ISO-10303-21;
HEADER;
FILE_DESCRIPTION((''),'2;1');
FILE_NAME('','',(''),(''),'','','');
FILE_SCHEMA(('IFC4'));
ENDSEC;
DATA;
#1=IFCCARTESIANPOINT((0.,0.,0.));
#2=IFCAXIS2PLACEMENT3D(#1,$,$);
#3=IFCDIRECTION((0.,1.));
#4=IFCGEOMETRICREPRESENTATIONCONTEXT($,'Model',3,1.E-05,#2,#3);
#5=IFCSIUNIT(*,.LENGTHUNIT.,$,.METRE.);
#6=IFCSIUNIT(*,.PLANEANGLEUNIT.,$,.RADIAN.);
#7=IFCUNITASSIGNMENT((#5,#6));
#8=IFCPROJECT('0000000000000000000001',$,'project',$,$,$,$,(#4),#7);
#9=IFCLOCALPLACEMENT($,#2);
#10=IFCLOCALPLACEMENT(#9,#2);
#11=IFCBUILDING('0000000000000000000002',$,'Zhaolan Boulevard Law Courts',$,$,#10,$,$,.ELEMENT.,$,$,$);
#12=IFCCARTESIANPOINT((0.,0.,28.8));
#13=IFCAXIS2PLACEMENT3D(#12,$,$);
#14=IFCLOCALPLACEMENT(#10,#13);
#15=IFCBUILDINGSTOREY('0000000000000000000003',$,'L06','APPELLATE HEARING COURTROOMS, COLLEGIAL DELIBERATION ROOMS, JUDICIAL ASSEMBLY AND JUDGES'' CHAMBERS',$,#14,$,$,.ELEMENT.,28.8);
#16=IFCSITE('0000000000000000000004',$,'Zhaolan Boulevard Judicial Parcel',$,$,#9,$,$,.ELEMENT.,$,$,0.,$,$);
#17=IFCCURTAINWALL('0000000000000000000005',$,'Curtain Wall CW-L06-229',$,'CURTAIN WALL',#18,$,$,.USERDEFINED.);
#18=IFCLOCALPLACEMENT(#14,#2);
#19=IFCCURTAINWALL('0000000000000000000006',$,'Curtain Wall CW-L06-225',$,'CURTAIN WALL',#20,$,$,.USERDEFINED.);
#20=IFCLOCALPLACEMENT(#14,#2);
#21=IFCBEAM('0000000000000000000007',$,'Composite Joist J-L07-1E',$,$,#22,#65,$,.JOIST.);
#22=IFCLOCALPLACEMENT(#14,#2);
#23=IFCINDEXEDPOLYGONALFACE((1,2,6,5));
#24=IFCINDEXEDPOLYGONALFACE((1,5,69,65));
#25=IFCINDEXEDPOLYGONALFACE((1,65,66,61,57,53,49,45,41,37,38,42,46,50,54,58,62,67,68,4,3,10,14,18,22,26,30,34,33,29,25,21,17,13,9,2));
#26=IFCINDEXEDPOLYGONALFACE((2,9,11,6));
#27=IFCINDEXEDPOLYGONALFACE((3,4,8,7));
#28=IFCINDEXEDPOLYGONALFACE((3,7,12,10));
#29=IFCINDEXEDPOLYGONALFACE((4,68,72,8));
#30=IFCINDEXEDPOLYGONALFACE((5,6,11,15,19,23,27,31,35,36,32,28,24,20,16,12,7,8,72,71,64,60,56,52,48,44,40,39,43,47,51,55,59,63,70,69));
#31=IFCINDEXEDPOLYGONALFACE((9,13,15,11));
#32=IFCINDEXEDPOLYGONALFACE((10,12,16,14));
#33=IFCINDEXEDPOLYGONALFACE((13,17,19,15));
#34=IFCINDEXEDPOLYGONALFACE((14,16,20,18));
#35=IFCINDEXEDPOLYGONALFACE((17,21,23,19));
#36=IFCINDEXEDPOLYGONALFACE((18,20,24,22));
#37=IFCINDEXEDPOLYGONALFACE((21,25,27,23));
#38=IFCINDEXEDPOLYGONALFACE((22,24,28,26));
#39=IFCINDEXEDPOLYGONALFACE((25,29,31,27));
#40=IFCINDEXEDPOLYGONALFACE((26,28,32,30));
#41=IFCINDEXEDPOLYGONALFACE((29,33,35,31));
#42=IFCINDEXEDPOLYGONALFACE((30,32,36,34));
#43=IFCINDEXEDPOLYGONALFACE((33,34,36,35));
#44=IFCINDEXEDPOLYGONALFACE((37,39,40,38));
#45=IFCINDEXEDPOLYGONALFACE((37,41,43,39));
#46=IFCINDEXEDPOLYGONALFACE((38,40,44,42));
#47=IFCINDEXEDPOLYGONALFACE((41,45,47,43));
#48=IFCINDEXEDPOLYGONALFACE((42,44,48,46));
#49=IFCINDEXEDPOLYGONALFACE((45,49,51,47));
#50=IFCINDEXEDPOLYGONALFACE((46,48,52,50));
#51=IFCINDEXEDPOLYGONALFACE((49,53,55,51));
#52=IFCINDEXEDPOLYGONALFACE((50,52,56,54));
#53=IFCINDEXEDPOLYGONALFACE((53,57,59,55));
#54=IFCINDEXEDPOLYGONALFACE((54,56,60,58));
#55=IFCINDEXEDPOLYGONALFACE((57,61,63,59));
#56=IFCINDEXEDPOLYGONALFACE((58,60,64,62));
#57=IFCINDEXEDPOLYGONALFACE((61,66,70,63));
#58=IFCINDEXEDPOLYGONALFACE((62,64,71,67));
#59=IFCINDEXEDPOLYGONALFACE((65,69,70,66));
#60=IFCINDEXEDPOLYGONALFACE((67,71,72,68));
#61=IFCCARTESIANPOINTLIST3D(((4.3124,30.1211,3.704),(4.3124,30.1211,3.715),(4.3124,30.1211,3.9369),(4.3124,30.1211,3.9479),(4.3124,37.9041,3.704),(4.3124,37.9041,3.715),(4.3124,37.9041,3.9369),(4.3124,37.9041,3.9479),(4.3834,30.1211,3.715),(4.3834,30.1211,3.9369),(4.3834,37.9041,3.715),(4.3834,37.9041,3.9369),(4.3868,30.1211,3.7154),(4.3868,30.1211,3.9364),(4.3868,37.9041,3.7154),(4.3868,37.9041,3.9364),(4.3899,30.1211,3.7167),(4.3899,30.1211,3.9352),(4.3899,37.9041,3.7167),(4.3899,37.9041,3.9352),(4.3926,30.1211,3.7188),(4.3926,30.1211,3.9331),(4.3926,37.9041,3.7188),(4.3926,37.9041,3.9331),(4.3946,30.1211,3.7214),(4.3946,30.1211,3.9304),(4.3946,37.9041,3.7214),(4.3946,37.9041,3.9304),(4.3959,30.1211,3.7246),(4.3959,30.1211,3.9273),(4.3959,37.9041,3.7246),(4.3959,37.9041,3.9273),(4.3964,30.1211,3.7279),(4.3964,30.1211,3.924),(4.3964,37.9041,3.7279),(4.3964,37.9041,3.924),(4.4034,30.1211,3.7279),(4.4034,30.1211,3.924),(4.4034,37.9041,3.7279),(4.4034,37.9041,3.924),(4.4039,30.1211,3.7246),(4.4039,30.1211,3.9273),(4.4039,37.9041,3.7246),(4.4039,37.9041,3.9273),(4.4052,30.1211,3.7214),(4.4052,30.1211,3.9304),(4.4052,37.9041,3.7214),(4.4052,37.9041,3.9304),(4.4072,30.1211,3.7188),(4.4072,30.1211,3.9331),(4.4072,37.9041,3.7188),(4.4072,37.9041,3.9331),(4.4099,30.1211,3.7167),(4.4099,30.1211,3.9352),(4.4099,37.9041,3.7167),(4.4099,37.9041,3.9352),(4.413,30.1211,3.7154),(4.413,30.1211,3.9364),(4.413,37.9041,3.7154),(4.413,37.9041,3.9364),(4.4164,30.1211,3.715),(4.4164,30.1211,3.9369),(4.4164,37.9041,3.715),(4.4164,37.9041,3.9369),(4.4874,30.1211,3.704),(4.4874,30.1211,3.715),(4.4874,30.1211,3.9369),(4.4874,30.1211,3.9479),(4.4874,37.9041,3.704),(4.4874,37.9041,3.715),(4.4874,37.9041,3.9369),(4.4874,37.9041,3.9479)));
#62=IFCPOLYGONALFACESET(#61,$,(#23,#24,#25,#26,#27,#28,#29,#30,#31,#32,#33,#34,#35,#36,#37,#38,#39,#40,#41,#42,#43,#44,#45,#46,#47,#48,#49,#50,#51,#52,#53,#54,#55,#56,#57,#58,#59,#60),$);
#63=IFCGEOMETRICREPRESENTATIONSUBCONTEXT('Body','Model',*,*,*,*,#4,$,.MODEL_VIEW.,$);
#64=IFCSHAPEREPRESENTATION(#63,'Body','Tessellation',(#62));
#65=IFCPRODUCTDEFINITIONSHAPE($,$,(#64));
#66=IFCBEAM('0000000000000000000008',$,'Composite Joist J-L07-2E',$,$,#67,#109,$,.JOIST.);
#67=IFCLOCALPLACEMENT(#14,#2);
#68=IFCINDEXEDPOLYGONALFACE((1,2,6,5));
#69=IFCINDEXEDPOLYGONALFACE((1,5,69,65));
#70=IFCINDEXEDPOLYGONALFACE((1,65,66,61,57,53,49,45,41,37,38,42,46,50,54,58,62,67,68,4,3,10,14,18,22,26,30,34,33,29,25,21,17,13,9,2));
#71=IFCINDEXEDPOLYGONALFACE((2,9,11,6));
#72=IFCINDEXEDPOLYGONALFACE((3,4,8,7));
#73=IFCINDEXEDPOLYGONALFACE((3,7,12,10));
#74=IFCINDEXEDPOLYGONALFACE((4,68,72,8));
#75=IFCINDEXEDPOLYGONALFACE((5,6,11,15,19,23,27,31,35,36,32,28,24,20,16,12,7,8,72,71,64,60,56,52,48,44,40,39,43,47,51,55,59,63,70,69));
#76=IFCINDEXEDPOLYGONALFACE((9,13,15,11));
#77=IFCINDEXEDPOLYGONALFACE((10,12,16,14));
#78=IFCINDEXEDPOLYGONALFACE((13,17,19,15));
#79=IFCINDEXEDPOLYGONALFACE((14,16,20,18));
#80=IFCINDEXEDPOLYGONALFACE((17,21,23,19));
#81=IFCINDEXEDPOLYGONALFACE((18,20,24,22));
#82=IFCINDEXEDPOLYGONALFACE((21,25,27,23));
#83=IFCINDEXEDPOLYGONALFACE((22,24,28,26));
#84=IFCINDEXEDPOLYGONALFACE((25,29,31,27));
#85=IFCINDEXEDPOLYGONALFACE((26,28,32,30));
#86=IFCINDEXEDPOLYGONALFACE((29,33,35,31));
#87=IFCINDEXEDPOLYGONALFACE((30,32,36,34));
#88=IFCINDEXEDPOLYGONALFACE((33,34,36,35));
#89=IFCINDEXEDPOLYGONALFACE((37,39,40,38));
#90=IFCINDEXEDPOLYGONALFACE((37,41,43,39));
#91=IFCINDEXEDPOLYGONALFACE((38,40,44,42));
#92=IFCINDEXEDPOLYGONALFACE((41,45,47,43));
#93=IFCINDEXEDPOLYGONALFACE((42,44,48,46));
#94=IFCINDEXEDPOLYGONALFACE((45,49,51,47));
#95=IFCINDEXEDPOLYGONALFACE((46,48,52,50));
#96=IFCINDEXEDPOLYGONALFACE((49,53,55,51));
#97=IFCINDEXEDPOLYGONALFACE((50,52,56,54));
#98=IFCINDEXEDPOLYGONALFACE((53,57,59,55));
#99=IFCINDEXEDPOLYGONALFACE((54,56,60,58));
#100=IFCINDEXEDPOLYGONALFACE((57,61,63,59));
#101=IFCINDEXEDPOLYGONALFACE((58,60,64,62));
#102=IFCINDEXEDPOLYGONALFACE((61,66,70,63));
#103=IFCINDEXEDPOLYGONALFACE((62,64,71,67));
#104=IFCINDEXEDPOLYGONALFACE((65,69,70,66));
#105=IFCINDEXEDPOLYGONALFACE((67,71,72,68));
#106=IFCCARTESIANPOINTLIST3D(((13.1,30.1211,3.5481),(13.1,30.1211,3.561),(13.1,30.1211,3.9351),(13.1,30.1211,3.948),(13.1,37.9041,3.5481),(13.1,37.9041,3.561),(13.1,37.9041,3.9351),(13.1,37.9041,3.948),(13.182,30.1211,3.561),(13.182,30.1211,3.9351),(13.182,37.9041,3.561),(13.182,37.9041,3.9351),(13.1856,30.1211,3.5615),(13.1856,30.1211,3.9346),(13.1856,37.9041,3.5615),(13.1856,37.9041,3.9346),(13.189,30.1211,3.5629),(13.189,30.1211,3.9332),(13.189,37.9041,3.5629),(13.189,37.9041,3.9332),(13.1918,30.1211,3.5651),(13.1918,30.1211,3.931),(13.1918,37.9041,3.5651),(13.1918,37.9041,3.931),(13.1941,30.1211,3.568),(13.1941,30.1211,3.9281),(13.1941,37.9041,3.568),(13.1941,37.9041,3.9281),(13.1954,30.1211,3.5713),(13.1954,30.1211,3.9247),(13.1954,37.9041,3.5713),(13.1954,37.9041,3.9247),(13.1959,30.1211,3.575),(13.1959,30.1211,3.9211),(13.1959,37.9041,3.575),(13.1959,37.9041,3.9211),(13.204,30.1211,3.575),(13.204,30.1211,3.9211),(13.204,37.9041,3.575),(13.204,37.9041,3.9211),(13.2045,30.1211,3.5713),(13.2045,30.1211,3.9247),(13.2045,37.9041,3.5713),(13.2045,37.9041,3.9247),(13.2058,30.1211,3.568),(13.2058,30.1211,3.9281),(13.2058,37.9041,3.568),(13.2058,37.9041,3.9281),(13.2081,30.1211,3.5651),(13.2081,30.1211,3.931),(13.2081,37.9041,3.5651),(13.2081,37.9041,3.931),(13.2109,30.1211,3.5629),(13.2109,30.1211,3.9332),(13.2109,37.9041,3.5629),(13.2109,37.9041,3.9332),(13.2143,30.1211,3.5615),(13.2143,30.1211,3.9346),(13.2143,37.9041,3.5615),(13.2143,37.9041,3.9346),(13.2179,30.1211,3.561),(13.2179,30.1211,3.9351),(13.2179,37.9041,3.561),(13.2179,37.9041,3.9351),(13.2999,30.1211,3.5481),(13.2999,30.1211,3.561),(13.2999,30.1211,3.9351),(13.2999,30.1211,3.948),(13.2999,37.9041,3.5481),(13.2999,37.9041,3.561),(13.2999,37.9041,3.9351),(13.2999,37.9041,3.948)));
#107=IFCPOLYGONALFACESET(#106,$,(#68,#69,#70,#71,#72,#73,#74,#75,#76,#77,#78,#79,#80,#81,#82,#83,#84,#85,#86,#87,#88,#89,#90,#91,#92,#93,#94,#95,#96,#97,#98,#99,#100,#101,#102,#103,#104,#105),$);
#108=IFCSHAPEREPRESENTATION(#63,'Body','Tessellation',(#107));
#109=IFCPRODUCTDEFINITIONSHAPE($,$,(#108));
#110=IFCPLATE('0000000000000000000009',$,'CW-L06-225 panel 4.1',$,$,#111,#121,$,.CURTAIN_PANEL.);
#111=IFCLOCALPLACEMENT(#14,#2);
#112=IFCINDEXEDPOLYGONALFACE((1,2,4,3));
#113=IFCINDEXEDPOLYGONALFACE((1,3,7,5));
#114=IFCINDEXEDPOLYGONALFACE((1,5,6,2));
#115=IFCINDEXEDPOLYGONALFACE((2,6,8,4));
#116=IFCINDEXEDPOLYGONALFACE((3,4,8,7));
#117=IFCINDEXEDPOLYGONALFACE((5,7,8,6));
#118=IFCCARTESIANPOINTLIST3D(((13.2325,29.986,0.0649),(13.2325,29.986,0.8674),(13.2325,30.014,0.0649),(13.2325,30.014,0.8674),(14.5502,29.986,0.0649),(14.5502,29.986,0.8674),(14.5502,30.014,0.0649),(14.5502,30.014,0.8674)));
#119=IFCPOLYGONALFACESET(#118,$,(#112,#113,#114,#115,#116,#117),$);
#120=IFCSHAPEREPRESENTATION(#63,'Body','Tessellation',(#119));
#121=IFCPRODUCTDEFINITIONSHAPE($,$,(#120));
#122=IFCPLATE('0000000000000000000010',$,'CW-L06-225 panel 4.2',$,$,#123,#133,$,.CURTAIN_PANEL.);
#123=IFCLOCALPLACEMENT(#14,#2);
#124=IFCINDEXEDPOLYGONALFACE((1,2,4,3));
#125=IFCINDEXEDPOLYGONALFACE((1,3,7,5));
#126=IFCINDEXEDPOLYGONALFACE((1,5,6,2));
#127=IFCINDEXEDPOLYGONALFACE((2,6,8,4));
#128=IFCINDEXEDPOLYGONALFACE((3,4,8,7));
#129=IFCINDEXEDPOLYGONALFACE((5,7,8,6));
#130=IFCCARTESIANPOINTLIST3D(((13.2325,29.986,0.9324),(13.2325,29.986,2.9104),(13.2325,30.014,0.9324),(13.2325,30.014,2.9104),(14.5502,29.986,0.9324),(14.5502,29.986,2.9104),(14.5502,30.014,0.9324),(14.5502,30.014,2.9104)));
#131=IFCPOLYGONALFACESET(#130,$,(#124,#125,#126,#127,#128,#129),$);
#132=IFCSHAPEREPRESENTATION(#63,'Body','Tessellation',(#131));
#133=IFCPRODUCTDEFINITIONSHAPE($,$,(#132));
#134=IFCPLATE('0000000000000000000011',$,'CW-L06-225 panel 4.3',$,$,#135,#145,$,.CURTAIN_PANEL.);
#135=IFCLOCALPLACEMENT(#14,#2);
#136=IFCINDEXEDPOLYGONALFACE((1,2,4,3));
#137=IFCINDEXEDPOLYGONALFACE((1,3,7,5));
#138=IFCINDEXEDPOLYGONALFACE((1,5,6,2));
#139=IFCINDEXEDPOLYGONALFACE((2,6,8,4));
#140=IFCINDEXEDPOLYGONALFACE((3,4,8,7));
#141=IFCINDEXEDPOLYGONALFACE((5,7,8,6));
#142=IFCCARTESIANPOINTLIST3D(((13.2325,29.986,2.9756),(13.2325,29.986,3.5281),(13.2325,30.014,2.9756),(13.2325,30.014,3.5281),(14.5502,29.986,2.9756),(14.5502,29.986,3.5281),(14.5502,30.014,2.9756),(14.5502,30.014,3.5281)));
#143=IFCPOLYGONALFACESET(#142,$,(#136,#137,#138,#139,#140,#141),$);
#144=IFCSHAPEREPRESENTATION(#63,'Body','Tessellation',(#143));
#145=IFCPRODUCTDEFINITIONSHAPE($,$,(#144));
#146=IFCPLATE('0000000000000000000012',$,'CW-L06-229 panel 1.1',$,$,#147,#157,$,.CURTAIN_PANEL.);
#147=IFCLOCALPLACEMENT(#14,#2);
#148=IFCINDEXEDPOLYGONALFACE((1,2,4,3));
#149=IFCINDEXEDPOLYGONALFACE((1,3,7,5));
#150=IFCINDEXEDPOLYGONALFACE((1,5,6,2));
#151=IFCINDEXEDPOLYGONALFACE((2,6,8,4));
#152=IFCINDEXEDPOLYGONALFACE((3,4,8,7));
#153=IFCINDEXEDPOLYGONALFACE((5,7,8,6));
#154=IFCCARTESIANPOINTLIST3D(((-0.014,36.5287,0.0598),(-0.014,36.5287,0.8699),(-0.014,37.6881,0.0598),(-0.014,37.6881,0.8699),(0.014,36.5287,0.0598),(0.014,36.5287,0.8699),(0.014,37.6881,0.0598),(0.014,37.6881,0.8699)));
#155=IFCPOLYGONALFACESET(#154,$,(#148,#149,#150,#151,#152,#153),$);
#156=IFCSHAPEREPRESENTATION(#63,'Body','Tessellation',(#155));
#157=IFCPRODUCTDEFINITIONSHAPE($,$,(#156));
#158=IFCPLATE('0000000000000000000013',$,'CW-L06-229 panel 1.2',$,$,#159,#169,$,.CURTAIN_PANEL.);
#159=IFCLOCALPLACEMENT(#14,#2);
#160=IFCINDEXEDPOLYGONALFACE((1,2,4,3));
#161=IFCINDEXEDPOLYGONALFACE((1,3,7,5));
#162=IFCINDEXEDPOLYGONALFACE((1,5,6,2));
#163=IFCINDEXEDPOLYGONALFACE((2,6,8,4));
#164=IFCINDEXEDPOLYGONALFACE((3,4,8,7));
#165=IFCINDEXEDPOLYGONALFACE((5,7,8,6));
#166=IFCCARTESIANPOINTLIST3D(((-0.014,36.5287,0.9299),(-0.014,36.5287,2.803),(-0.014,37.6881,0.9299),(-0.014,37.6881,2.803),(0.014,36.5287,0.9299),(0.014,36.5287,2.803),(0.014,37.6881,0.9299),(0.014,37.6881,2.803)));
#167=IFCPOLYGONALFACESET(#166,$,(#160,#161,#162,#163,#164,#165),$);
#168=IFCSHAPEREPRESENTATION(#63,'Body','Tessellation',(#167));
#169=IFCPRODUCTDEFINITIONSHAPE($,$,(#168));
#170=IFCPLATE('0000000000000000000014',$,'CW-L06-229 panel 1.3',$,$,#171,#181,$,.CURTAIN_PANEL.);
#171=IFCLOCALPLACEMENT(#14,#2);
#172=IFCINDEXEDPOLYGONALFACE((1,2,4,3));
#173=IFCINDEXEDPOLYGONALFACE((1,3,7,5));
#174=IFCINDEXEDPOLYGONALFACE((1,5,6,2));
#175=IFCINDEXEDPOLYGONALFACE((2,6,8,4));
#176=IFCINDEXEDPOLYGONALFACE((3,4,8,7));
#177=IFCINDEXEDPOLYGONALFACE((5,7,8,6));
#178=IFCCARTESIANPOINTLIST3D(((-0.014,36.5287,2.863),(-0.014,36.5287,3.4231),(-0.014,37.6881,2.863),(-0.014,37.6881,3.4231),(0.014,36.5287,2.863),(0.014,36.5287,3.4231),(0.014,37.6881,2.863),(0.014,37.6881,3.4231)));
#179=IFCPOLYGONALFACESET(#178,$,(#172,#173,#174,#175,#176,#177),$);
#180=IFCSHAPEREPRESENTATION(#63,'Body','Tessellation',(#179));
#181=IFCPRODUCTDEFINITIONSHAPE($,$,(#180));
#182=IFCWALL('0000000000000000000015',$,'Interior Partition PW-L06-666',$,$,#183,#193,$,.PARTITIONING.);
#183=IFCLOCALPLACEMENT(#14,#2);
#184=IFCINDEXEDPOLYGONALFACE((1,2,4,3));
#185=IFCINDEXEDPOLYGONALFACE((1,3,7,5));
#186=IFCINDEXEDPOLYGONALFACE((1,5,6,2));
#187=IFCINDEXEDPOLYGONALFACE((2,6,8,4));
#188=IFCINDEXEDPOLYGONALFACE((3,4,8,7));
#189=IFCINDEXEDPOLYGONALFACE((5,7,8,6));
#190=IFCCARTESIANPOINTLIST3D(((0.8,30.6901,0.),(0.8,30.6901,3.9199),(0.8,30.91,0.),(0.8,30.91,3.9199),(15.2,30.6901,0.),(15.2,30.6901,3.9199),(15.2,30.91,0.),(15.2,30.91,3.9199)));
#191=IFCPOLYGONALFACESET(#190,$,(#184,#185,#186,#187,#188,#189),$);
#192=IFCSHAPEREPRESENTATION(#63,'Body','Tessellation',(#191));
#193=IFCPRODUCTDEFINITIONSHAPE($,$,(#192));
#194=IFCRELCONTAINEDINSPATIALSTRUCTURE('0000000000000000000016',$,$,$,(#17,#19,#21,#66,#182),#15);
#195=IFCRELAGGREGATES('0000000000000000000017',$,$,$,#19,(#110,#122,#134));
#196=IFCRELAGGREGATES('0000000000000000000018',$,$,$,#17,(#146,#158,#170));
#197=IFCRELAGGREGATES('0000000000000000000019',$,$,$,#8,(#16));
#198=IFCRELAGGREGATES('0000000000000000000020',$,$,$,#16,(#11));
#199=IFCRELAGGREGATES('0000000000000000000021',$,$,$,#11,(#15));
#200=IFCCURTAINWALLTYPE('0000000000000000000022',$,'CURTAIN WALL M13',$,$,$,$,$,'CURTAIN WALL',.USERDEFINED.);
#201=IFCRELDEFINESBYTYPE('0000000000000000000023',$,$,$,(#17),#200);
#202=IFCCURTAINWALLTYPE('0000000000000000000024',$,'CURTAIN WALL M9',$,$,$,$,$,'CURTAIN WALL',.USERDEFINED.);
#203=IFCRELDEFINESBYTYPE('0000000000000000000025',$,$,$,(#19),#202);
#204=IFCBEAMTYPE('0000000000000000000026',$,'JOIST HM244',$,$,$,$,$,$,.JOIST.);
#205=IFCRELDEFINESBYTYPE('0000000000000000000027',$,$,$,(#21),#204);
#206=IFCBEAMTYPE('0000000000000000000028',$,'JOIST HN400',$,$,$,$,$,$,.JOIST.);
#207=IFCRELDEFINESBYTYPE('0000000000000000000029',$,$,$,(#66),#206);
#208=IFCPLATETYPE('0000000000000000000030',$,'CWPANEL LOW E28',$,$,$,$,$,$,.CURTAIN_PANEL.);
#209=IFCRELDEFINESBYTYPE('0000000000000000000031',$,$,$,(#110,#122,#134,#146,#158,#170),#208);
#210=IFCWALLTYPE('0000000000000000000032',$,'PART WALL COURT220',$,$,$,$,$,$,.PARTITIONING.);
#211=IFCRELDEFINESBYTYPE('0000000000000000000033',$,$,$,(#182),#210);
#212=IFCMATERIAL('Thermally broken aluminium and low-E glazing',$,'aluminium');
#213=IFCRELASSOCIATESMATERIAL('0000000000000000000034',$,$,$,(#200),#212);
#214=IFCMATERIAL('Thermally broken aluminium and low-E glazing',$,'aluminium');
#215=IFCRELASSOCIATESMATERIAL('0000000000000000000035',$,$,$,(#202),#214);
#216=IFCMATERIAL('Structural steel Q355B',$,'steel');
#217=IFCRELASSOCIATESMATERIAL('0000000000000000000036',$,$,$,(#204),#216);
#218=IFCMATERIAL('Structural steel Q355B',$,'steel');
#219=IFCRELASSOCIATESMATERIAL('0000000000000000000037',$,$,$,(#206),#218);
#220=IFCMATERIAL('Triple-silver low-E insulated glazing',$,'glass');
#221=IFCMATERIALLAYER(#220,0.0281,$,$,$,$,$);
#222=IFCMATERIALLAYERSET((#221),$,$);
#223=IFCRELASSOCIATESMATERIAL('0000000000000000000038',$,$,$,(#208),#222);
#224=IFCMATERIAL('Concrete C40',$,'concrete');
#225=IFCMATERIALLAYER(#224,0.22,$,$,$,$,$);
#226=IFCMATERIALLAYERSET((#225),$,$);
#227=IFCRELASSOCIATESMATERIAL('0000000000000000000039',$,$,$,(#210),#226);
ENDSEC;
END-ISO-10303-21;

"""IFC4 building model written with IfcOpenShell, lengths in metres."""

from ifc_helpers import new_model, si_unit, direction, frame, frame_2d, origin, origin_2d, place, context, subcontext, project, spatial, rectangle, i_section, extrude, material, layer, layer_set, material_profile, profile_set, type_object, element, aggregate, save


model = new_model("IFC4")

# Units and contexts
model_context = context("Model", 3, precision=1e-05, world=origin(), true_north=direction((0.0, 1.0)))
body_context = subcontext(model_context, "Body", "Model", "MODEL_VIEW")
ifc_project = project(units=[si_unit("LENGTHUNIT", "METRE"), si_unit("PLANEANGLEUNIT", "RADIAN")], contexts=[model_context])

# Site, building, storey
site_placement = place(None, origin())
site = spatial("IfcSite", under=ifc_project, at=site_placement, Name="Zhaolan Boulevard Judicial Parcel", CompositionType="ELEMENT", RefElevation=0.0)
building_placement = place(site_placement, origin())
building = spatial("IfcBuilding", under=site, at=building_placement, Name="Zhaolan Boulevard Law Courts", CompositionType="ELEMENT")
storey_placement = place(building_placement, frame((0.0, 0.0, 28.8)))
storey = spatial("IfcBuildingStorey", under=building, at=storey_placement, Name="L06", Description="APPELLATE HEARING COURTROOMS, COLLEGIAL DELIBERATION ROOMS, JUDICIAL ASSEMBLY AND JUDGES' CHAMBERS", CompositionType="ELEMENT", Elevation=28.8)

# Curtain walls
ifc_material_1 = material(Name="Thermally broken aluminium and low-E glazing", Category="aluminium")
curtain_wall_type_1 = type_object("IfcCurtainWallType", Name="CURTAIN WALL M13", ElementType="CURTAIN WALL", PredefinedType="USERDEFINED", material=ifc_material_1)
curtain_wall_1_placement = place(storey_placement, origin())
curtain_wall_1 = element("IfcCurtainWall", 1, at=curtain_wall_1_placement, inside=storey, type_object=curtain_wall_type_1, Name="Curtain Wall CW-L06-229", ObjectType="CURTAIN WALL", PredefinedType="USERDEFINED")
ifc_material_2 = material(Name="Thermally broken aluminium and low-E glazing", Category="aluminium")
curtain_wall_type_2 = type_object("IfcCurtainWallType", Name="CURTAIN WALL M9", ElementType="CURTAIN WALL", PredefinedType="USERDEFINED", material=ifc_material_2)
curtain_wall_2_placement = place(storey_placement, origin())
curtain_wall_2 = element("IfcCurtainWall", 2, at=curtain_wall_2_placement, inside=storey, type_object=curtain_wall_type_2, Name="Curtain Wall CW-L06-225", ObjectType="CURTAIN WALL", PredefinedType="USERDEFINED")

# Beams
ifc_material_3 = material(Name="Structural steel Q355B", Category="steel")
ifc_material_profile_1 = material_profile(ifc_material_3, i_section(OverallWidth=0.175, OverallDepth=0.2439, WebThickness=0.0071, FlangeThickness=0.011, FilletRadius=0.0129, at=origin_2d()), Name="HM244x175")
ifc_profile_set_1 = profile_set([ifc_material_profile_1], Name="Structural steel Q355B")
beam_type_1 = type_object("IfcBeamType", Name="JOIST HM244", PredefinedType="JOIST", material=ifc_profile_set_1)
beam_1_placement = place(storey_placement, frame((4.3999, 30.1211, 3.8259), z_axis=(0.0, 1.0, 0.0), x_axis=(-1.0, 0.0, 0.0)))
element("IfcBeam", 3, at=beam_1_placement, inside=storey, type_object=beam_type_1, Name="Composite Joist J-L07-1E", PredefinedType="JOIST", context=body_context, shape_type="SweptSolid", body=[
    extrude(i_section(OverallWidth=0.175, OverallDepth=0.2439, WebThickness=0.0071, FlangeThickness=0.011, FilletRadius=0.0129, at=origin_2d()), origin(), (0.0, 0.0, 1.0), 7.783),
])
ifc_material_4 = material(Name="Structural steel Q355B", Category="steel")
ifc_material_profile_2 = material_profile(ifc_material_4, i_section(OverallWidth=0.2, OverallDepth=0.3999, WebThickness=0.0081, FlangeThickness=0.0129, FilletRadius=0.0139, at=origin_2d()), Name="HN400x200")
ifc_profile_set_2 = profile_set([ifc_material_profile_2], Name="Structural steel Q355B")
beam_type_2 = type_object("IfcBeamType", Name="JOIST HN400", PredefinedType="JOIST", material=ifc_profile_set_2)
beam_2_placement = place(storey_placement, frame((13.2, 30.1211, 3.748), z_axis=(0.0, 1.0, 0.0), x_axis=(-1.0, 0.0, 0.0)))
element("IfcBeam", 4, at=beam_2_placement, inside=storey, type_object=beam_type_2, Name="Composite Joist J-L07-2E", PredefinedType="JOIST", context=body_context, shape_type="SweptSolid", body=[
    extrude(i_section(OverallWidth=0.2, OverallDepth=0.3999, WebThickness=0.0081, FlangeThickness=0.0129, FilletRadius=0.0139, at=origin_2d()), origin(), (0.0, 0.0, 1.0), 7.783),
])

# Plates
ifc_material_5 = material(Name="Triple-silver low-E insulated glazing", Category="glass")
ifc_layer_1 = layer(ifc_material_5, 0.0281)
ifc_layer_set_1 = layer_set([ifc_layer_1])
plate_type = type_object("IfcPlateType", Name="CWPANEL LOW E28", PredefinedType="CURTAIN_PANEL", material=ifc_layer_set_1)
plate_1_placement = place(storey_placement, frame((13.8914, 30.0, 0.0649), z_axis=(0.0, 0.0, 1.0), x_axis=(1.0, 0.0, 0.0)))
plate_1 = element("IfcPlate", 5, at=plate_1_placement, type_object=plate_type, Name="CW-L06-225 panel 4.1", PredefinedType="CURTAIN_PANEL", context=body_context, shape_type="SweptSolid", body=[
    extrude(rectangle(XDim=1.3176, YDim=0.0281, at=origin_2d()), origin(), (0.0, 0.0, 1.0), 0.8025),
])
plate_2_placement = place(storey_placement, frame((13.8914, 30.0, 0.9324), z_axis=(0.0, 0.0, 1.0), x_axis=(1.0, 0.0, 0.0)))
plate_2 = element("IfcPlate", 6, at=plate_2_placement, type_object=plate_type, Name="CW-L06-225 panel 4.2", PredefinedType="CURTAIN_PANEL", context=body_context, shape_type="SweptSolid", body=[
    extrude(rectangle(XDim=1.3176, YDim=0.0281, at=origin_2d()), origin(), (0.0, 0.0, 1.0), 1.978),
])
plate_3_placement = place(storey_placement, frame((13.8914, 30.0, 2.9756), z_axis=(0.0, 0.0, 1.0), x_axis=(1.0, 0.0, 0.0)))
plate_3 = element("IfcPlate", 7, at=plate_3_placement, type_object=plate_type, Name="CW-L06-225 panel 4.3", PredefinedType="CURTAIN_PANEL", context=body_context, shape_type="SweptSolid", body=[
    extrude(rectangle(XDim=1.3176, YDim=0.0281, at=origin_2d()), origin(), (0.0, 0.0, 1.0), 0.5525),
])
aggregate(curtain_wall_2, [plate_1, plate_2, plate_3])
plate_4_placement = place(storey_placement, frame((0.0, 37.1084, 0.0598), z_axis=(0.0, 0.0, 1.0), x_axis=(0.0, -1.0, 0.0)))
plate_4 = element("IfcPlate", 8, at=plate_4_placement, type_object=plate_type, Name="CW-L06-229 panel 1.1", PredefinedType="CURTAIN_PANEL", context=body_context, shape_type="SweptSolid", body=[
    extrude(rectangle(XDim=1.1594, YDim=0.0281, at=origin_2d()), origin(), (0.0, 0.0, 1.0), 0.8101),
])
plate_5_placement = place(storey_placement, frame((0.0, 37.1084, 0.9299), z_axis=(0.0, 0.0, 1.0), x_axis=(0.0, -1.0, 0.0)))
plate_5 = element("IfcPlate", 9, at=plate_5_placement, type_object=plate_type, Name="CW-L06-229 panel 1.2", PredefinedType="CURTAIN_PANEL", context=body_context, shape_type="SweptSolid", body=[
    extrude(rectangle(XDim=1.1594, YDim=0.0281, at=origin_2d()), origin(), (0.0, 0.0, 1.0), 1.873),
])
plate_6_placement = place(storey_placement, frame((0.0, 37.1084, 2.863), z_axis=(0.0, 0.0, 1.0), x_axis=(0.0, -1.0, 0.0)))
plate_6 = element("IfcPlate", 10, at=plate_6_placement, type_object=plate_type, Name="CW-L06-229 panel 1.3", PredefinedType="CURTAIN_PANEL", context=body_context, shape_type="SweptSolid", body=[
    extrude(rectangle(XDim=1.1594, YDim=0.0281, at=origin_2d()), origin(), (0.0, 0.0, 1.0), 0.5601),
])
aggregate(curtain_wall_1, [plate_4, plate_5, plate_6])

# Wall
ifc_material_6 = material(Name="Concrete C40", Category="concrete")
ifc_layer_2 = layer(ifc_material_6, 0.22)
ifc_layer_set_2 = layer_set([ifc_layer_2])
wall_type = type_object("IfcWallType", Name="PART WALL COURT220", PredefinedType="PARTITIONING", material=ifc_layer_set_2)
wall_placement = place(storey_placement, frame((0.8, 30.8, 0.0), z_axis=(0.0, 0.0, 1.0), x_axis=(1.0, 0.0, 0.0)))
element("IfcWall", 11, at=wall_placement, inside=storey, type_object=wall_type, Name="Interior Partition PW-L06-666", PredefinedType="PARTITIONING", context=body_context, shape_type="SweptSolid", body=[
    extrude(rectangle(XDim=14.3999, YDim=0.22, at=frame_2d((7.2, 0.0))), origin(), (0.0, 0.0, 1.0), 3.9199),
])

save(model, "model.ifc")
